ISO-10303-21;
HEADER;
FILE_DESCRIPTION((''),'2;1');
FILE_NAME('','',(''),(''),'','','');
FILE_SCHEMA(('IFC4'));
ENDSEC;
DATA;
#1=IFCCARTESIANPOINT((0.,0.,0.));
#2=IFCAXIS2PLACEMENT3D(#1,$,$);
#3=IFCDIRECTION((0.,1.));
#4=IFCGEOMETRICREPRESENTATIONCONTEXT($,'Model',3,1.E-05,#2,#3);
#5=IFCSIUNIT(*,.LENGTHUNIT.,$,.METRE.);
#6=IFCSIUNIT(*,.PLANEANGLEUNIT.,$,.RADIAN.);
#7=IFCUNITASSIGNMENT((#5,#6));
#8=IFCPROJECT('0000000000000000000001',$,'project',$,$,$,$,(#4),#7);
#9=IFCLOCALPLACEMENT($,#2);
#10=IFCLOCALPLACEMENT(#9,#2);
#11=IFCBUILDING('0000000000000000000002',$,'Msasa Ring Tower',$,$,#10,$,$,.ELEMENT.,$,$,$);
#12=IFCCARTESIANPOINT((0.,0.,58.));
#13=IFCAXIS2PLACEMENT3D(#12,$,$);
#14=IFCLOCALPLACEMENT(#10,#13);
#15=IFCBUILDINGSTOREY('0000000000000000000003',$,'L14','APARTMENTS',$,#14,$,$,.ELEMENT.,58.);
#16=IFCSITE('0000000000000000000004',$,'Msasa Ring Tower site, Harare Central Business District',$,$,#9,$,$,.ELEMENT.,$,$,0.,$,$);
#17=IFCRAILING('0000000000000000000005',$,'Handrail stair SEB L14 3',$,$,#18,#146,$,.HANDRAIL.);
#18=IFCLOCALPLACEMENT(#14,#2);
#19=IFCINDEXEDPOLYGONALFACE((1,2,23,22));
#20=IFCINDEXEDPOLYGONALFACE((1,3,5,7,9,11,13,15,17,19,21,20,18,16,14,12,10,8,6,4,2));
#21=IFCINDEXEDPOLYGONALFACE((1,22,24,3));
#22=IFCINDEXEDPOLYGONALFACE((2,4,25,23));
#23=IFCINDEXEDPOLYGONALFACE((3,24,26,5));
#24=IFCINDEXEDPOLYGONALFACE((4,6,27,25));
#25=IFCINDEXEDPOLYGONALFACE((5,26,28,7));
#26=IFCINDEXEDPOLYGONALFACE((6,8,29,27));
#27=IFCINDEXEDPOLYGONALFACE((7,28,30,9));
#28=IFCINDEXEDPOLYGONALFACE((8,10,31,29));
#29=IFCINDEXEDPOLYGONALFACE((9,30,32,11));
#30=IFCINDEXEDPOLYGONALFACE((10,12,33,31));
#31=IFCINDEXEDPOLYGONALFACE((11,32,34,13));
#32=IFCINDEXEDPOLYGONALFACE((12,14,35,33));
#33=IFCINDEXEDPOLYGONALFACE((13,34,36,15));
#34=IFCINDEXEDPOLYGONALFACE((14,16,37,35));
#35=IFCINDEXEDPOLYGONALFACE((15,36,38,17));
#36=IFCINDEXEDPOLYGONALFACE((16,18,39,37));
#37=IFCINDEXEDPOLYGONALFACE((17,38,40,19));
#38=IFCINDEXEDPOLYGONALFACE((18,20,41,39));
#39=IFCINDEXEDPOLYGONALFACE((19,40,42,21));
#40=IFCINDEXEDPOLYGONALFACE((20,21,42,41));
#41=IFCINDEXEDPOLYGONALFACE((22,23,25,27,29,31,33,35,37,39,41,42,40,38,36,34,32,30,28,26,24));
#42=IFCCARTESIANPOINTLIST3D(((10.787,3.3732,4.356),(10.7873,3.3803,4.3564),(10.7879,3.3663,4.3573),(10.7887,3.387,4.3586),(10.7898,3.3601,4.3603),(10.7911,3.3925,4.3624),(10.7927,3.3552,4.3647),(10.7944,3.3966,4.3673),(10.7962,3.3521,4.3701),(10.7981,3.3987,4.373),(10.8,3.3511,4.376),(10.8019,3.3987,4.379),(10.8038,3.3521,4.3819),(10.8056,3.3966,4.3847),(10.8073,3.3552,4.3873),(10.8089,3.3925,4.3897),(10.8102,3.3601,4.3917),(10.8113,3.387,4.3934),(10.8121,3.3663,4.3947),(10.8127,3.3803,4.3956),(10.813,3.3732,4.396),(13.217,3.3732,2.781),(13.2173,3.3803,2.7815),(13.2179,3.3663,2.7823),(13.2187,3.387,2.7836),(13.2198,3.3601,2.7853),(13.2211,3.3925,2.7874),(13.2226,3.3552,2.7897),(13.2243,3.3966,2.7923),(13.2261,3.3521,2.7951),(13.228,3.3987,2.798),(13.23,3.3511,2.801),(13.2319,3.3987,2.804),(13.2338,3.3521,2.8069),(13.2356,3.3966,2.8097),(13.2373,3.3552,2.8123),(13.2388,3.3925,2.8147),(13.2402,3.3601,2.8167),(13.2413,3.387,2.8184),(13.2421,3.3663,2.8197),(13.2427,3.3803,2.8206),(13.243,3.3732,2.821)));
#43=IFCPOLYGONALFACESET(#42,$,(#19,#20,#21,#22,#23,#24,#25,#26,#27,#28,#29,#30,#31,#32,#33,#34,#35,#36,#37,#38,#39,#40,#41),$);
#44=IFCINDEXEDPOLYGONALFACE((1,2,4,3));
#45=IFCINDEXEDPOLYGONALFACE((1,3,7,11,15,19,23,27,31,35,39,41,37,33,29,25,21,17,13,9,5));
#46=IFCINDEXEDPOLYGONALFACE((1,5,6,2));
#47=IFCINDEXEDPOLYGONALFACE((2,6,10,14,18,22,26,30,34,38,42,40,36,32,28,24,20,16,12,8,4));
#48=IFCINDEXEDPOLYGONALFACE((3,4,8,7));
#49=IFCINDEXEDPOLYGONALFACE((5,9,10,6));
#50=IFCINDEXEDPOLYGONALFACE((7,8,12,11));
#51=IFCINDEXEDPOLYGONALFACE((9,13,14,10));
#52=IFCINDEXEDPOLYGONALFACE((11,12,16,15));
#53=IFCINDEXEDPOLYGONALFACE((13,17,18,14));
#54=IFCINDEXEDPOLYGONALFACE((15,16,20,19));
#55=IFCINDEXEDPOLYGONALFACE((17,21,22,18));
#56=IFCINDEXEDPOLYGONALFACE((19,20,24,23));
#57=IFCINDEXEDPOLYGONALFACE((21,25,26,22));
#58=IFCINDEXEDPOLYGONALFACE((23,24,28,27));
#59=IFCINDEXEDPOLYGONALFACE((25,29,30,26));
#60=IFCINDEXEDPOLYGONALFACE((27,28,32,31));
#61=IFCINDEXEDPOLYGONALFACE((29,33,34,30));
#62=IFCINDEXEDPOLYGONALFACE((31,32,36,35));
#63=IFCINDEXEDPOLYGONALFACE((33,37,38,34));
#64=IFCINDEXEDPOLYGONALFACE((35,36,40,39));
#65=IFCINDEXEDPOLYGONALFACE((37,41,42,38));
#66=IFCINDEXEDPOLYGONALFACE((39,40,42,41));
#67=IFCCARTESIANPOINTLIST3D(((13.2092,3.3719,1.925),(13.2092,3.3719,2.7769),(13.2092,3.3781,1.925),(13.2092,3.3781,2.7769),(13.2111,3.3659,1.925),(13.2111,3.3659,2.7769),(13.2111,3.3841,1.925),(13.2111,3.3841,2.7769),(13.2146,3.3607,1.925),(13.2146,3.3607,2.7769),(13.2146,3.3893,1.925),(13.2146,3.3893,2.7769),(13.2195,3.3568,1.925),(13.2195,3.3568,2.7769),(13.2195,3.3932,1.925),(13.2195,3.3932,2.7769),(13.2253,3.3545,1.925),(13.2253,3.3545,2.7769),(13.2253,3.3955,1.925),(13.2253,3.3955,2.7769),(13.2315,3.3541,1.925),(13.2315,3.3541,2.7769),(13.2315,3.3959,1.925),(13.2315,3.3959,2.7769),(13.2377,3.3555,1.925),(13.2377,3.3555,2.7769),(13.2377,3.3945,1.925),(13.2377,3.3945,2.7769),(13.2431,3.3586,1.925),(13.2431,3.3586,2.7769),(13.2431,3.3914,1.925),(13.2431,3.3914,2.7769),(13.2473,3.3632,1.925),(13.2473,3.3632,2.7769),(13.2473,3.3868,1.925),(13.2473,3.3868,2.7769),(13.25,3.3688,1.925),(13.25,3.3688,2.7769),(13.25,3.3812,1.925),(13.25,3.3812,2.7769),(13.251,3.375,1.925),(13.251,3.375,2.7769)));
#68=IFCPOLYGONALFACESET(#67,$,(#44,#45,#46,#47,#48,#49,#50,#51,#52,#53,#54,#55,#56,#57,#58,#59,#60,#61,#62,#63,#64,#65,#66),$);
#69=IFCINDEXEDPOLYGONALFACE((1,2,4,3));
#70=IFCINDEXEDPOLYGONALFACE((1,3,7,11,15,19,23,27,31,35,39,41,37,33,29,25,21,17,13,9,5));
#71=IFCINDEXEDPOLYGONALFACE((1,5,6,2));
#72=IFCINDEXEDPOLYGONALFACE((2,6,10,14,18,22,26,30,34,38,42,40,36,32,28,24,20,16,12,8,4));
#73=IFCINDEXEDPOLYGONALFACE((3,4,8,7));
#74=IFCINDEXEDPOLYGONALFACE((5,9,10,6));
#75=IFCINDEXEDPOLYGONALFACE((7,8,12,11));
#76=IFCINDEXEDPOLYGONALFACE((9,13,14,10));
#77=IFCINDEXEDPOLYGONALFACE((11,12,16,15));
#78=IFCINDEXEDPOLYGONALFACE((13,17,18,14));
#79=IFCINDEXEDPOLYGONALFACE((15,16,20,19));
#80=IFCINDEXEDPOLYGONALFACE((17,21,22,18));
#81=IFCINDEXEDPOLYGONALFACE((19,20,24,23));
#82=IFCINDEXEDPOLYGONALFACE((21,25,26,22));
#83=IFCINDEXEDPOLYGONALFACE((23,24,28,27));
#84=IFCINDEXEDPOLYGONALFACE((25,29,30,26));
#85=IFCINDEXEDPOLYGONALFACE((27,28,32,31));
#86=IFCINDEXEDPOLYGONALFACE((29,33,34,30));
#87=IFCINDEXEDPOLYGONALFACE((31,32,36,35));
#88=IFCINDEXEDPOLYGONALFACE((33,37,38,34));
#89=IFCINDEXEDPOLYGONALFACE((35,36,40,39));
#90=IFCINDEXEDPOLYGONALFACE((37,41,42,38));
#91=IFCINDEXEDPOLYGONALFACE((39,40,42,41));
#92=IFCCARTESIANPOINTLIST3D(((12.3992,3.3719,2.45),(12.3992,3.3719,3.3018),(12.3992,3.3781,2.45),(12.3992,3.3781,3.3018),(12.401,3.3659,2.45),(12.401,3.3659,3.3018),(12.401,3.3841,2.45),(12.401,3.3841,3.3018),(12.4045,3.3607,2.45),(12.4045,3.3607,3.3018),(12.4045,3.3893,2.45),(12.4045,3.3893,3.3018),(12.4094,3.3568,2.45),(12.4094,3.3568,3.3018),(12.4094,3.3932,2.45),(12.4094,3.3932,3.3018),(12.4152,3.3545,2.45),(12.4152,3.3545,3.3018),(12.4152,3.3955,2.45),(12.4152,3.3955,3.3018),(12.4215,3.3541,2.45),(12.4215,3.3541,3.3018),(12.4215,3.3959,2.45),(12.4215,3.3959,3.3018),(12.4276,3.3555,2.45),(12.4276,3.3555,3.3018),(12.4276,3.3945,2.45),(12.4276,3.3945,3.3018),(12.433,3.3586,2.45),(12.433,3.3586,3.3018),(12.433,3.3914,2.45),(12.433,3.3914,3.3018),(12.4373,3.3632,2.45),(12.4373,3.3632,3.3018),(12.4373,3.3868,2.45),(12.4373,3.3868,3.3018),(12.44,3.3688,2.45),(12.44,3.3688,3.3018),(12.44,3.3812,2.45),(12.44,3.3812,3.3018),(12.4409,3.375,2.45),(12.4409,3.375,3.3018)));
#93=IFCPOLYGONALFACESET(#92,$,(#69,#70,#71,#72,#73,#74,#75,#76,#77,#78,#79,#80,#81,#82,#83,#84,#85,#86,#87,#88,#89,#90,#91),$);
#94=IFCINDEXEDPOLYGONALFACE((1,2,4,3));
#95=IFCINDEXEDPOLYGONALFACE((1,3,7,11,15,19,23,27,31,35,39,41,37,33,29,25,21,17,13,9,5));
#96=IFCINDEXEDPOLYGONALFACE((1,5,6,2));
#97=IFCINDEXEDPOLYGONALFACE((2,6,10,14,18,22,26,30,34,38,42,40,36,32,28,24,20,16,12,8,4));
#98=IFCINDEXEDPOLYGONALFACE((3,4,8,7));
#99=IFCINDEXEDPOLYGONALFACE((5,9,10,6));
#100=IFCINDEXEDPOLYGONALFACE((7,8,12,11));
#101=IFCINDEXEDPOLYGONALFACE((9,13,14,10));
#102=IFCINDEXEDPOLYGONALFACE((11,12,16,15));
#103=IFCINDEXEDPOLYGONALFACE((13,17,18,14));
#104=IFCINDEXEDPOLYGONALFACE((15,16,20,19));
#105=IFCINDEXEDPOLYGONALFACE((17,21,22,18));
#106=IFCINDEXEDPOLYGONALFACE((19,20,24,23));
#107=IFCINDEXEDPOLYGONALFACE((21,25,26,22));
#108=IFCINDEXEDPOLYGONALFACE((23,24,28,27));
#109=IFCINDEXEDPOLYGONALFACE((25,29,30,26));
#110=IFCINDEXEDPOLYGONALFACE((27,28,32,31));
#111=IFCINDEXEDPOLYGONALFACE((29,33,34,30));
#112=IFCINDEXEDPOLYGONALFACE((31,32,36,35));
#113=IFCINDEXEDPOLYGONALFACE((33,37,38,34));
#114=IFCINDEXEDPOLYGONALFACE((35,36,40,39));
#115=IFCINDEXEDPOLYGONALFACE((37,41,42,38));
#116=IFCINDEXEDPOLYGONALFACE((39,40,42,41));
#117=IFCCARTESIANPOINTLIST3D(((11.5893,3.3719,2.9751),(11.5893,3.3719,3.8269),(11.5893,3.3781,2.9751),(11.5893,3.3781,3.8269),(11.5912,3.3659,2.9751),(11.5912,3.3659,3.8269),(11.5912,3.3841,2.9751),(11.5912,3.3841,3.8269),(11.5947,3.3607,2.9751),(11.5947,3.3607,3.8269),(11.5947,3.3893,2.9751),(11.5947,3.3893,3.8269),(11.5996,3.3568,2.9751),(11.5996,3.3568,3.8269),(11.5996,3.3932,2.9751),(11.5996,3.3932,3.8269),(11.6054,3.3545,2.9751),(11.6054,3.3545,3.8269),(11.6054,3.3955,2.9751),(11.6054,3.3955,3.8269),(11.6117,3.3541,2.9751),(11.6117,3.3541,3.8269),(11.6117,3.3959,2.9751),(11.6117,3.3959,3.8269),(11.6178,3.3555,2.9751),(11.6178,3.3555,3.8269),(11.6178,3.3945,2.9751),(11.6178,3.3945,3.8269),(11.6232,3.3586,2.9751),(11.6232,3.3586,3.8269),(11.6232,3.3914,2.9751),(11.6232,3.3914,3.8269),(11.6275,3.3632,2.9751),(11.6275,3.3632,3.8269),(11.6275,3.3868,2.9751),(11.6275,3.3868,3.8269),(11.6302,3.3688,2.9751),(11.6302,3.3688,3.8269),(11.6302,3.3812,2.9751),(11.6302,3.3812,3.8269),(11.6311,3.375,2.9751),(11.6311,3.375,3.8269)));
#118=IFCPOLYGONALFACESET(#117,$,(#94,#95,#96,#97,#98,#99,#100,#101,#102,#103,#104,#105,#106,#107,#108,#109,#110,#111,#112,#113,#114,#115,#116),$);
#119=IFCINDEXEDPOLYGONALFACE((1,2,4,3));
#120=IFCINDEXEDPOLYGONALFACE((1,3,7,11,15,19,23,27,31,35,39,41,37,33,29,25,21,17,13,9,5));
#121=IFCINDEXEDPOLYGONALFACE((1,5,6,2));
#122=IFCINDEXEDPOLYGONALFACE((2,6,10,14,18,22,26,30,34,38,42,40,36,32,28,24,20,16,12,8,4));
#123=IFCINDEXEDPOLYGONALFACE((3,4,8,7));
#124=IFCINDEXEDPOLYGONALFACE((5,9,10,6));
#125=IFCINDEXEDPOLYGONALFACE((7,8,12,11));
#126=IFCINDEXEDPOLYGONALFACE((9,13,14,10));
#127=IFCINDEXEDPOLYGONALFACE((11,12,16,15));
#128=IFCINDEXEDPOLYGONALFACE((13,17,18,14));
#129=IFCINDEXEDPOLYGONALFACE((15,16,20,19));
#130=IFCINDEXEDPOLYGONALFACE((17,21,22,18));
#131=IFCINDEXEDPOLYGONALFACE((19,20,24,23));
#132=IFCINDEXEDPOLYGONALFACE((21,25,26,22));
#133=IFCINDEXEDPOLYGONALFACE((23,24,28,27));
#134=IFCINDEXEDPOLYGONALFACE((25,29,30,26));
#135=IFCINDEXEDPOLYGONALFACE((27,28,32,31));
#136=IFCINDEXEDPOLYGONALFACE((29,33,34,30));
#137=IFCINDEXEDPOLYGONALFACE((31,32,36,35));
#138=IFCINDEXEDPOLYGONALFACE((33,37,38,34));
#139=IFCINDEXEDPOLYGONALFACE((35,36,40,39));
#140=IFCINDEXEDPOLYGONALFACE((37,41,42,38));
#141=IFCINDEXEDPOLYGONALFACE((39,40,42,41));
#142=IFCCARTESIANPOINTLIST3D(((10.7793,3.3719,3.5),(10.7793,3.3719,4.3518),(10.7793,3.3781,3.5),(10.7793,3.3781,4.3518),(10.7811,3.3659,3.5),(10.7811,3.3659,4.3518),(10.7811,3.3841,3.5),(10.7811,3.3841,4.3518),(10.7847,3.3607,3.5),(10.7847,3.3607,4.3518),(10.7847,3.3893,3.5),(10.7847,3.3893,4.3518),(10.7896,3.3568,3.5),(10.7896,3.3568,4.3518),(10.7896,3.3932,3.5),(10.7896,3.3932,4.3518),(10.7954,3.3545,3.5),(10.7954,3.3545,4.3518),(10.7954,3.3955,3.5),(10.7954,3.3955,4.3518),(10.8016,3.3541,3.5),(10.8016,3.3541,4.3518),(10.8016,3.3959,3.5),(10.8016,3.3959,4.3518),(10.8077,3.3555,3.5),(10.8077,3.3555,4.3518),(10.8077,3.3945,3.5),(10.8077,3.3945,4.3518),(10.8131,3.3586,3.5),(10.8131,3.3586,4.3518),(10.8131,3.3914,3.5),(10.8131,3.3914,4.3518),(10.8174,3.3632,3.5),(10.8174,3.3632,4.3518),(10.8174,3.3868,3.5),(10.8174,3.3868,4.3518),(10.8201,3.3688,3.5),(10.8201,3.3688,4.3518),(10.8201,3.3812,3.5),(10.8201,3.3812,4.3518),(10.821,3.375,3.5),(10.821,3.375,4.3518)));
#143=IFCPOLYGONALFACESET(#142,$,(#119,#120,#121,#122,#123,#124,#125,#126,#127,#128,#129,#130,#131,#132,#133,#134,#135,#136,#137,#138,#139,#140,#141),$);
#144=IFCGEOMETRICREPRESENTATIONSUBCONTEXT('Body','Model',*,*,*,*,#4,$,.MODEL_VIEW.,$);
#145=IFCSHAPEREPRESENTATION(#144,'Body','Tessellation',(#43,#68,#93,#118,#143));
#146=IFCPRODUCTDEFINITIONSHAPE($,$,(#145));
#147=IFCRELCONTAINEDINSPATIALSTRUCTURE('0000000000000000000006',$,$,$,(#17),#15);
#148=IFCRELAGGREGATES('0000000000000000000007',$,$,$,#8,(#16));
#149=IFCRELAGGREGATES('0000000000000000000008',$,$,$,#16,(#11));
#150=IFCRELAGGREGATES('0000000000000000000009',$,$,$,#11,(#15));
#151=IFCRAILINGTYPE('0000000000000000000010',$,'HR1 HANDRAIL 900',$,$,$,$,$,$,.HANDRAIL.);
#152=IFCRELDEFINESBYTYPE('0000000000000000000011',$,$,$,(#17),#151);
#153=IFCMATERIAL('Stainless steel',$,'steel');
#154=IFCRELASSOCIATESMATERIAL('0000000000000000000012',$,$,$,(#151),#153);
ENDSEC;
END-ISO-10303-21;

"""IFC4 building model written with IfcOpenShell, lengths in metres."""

from ifc_helpers import new_model, si_unit, direction, frame, origin, origin_2d, place, context, subcontext, project, spatial, circle, extrude, material, type_object, element, save


model = new_model("IFC4")

# Units and contexts
model_context = context("Model", 3, precision=1e-05, world=origin(), true_north=direction((0.0, 1.0)))
body_context = subcontext(model_context, "Body", "Model", "MODEL_VIEW")
ifc_project = project(units=[si_unit("LENGTHUNIT", "METRE"), si_unit("PLANEANGLEUNIT", "RADIAN")], contexts=[model_context])

# Site, building, storey
site_placement = place(None, origin())
site = spatial("IfcSite", under=ifc_project, at=site_placement, Name="Msasa Ring Tower site, Harare Central Business District", CompositionType="ELEMENT", RefElevation=0.0)
building_placement = place(site_placement, origin())
building = spatial("IfcBuilding", under=site, at=building_placement, Name="Msasa Ring Tower", CompositionType="ELEMENT")
storey_placement = place(building_placement, frame((0.0, 0.0, 58.0)))
storey = spatial("IfcBuildingStorey", under=building, at=storey_placement, Name="L14", Description="APARTMENTS", CompositionType="ELEMENT", Elevation=58.0)

# Railing
ifc_material_1 = material(Name="Stainless steel", Category="steel")
railing_type = type_object("IfcRailingType", Name="HR1 HANDRAIL 900", PredefinedType="HANDRAIL", material=ifc_material_1)
for number, where, name in (
    (1, (13.23, 3.375, 1.925), "Handrail stair SEB L14 3"),
):
    element("IfcRailing", number, at=place(storey_placement, frame(where)), inside=storey, type_object=railing_type, Name=name, PredefinedType="HANDRAIL", context=body_context, shape_type="SweptSolid", body=[
        extrude(circle(Radius=0.0239, at=origin_2d()), frame((0.0, 0.0, 0.876), z_axis=(-0.839154, 0.0, 0.543894), x_axis=(0.0, -1.0, 0.0)), (0.0, 0.0, 1.0), 2.8958),
        extrude(circle(Radius=0.021, at=origin_2d()), origin(), (0.0, 0.0, 1.0), 0.8518),
        extrude(circle(Radius=0.021, at=origin_2d()), frame((-0.8101, 0.0, 0.5249)), (0.0, 0.0, 1.0), 0.8518),
        extrude(circle(Radius=0.021, at=origin_2d()), frame((-1.6199, 0.0, 1.05)), (0.0, 0.0, 1.0), 0.8518),
        extrude(circle(Radius=0.021, at=origin_2d()), frame((-2.4299, 0.0, 1.575)), (0.0, 0.0, 1.0), 0.8518),
    ])

save(model, "model.ifc")
